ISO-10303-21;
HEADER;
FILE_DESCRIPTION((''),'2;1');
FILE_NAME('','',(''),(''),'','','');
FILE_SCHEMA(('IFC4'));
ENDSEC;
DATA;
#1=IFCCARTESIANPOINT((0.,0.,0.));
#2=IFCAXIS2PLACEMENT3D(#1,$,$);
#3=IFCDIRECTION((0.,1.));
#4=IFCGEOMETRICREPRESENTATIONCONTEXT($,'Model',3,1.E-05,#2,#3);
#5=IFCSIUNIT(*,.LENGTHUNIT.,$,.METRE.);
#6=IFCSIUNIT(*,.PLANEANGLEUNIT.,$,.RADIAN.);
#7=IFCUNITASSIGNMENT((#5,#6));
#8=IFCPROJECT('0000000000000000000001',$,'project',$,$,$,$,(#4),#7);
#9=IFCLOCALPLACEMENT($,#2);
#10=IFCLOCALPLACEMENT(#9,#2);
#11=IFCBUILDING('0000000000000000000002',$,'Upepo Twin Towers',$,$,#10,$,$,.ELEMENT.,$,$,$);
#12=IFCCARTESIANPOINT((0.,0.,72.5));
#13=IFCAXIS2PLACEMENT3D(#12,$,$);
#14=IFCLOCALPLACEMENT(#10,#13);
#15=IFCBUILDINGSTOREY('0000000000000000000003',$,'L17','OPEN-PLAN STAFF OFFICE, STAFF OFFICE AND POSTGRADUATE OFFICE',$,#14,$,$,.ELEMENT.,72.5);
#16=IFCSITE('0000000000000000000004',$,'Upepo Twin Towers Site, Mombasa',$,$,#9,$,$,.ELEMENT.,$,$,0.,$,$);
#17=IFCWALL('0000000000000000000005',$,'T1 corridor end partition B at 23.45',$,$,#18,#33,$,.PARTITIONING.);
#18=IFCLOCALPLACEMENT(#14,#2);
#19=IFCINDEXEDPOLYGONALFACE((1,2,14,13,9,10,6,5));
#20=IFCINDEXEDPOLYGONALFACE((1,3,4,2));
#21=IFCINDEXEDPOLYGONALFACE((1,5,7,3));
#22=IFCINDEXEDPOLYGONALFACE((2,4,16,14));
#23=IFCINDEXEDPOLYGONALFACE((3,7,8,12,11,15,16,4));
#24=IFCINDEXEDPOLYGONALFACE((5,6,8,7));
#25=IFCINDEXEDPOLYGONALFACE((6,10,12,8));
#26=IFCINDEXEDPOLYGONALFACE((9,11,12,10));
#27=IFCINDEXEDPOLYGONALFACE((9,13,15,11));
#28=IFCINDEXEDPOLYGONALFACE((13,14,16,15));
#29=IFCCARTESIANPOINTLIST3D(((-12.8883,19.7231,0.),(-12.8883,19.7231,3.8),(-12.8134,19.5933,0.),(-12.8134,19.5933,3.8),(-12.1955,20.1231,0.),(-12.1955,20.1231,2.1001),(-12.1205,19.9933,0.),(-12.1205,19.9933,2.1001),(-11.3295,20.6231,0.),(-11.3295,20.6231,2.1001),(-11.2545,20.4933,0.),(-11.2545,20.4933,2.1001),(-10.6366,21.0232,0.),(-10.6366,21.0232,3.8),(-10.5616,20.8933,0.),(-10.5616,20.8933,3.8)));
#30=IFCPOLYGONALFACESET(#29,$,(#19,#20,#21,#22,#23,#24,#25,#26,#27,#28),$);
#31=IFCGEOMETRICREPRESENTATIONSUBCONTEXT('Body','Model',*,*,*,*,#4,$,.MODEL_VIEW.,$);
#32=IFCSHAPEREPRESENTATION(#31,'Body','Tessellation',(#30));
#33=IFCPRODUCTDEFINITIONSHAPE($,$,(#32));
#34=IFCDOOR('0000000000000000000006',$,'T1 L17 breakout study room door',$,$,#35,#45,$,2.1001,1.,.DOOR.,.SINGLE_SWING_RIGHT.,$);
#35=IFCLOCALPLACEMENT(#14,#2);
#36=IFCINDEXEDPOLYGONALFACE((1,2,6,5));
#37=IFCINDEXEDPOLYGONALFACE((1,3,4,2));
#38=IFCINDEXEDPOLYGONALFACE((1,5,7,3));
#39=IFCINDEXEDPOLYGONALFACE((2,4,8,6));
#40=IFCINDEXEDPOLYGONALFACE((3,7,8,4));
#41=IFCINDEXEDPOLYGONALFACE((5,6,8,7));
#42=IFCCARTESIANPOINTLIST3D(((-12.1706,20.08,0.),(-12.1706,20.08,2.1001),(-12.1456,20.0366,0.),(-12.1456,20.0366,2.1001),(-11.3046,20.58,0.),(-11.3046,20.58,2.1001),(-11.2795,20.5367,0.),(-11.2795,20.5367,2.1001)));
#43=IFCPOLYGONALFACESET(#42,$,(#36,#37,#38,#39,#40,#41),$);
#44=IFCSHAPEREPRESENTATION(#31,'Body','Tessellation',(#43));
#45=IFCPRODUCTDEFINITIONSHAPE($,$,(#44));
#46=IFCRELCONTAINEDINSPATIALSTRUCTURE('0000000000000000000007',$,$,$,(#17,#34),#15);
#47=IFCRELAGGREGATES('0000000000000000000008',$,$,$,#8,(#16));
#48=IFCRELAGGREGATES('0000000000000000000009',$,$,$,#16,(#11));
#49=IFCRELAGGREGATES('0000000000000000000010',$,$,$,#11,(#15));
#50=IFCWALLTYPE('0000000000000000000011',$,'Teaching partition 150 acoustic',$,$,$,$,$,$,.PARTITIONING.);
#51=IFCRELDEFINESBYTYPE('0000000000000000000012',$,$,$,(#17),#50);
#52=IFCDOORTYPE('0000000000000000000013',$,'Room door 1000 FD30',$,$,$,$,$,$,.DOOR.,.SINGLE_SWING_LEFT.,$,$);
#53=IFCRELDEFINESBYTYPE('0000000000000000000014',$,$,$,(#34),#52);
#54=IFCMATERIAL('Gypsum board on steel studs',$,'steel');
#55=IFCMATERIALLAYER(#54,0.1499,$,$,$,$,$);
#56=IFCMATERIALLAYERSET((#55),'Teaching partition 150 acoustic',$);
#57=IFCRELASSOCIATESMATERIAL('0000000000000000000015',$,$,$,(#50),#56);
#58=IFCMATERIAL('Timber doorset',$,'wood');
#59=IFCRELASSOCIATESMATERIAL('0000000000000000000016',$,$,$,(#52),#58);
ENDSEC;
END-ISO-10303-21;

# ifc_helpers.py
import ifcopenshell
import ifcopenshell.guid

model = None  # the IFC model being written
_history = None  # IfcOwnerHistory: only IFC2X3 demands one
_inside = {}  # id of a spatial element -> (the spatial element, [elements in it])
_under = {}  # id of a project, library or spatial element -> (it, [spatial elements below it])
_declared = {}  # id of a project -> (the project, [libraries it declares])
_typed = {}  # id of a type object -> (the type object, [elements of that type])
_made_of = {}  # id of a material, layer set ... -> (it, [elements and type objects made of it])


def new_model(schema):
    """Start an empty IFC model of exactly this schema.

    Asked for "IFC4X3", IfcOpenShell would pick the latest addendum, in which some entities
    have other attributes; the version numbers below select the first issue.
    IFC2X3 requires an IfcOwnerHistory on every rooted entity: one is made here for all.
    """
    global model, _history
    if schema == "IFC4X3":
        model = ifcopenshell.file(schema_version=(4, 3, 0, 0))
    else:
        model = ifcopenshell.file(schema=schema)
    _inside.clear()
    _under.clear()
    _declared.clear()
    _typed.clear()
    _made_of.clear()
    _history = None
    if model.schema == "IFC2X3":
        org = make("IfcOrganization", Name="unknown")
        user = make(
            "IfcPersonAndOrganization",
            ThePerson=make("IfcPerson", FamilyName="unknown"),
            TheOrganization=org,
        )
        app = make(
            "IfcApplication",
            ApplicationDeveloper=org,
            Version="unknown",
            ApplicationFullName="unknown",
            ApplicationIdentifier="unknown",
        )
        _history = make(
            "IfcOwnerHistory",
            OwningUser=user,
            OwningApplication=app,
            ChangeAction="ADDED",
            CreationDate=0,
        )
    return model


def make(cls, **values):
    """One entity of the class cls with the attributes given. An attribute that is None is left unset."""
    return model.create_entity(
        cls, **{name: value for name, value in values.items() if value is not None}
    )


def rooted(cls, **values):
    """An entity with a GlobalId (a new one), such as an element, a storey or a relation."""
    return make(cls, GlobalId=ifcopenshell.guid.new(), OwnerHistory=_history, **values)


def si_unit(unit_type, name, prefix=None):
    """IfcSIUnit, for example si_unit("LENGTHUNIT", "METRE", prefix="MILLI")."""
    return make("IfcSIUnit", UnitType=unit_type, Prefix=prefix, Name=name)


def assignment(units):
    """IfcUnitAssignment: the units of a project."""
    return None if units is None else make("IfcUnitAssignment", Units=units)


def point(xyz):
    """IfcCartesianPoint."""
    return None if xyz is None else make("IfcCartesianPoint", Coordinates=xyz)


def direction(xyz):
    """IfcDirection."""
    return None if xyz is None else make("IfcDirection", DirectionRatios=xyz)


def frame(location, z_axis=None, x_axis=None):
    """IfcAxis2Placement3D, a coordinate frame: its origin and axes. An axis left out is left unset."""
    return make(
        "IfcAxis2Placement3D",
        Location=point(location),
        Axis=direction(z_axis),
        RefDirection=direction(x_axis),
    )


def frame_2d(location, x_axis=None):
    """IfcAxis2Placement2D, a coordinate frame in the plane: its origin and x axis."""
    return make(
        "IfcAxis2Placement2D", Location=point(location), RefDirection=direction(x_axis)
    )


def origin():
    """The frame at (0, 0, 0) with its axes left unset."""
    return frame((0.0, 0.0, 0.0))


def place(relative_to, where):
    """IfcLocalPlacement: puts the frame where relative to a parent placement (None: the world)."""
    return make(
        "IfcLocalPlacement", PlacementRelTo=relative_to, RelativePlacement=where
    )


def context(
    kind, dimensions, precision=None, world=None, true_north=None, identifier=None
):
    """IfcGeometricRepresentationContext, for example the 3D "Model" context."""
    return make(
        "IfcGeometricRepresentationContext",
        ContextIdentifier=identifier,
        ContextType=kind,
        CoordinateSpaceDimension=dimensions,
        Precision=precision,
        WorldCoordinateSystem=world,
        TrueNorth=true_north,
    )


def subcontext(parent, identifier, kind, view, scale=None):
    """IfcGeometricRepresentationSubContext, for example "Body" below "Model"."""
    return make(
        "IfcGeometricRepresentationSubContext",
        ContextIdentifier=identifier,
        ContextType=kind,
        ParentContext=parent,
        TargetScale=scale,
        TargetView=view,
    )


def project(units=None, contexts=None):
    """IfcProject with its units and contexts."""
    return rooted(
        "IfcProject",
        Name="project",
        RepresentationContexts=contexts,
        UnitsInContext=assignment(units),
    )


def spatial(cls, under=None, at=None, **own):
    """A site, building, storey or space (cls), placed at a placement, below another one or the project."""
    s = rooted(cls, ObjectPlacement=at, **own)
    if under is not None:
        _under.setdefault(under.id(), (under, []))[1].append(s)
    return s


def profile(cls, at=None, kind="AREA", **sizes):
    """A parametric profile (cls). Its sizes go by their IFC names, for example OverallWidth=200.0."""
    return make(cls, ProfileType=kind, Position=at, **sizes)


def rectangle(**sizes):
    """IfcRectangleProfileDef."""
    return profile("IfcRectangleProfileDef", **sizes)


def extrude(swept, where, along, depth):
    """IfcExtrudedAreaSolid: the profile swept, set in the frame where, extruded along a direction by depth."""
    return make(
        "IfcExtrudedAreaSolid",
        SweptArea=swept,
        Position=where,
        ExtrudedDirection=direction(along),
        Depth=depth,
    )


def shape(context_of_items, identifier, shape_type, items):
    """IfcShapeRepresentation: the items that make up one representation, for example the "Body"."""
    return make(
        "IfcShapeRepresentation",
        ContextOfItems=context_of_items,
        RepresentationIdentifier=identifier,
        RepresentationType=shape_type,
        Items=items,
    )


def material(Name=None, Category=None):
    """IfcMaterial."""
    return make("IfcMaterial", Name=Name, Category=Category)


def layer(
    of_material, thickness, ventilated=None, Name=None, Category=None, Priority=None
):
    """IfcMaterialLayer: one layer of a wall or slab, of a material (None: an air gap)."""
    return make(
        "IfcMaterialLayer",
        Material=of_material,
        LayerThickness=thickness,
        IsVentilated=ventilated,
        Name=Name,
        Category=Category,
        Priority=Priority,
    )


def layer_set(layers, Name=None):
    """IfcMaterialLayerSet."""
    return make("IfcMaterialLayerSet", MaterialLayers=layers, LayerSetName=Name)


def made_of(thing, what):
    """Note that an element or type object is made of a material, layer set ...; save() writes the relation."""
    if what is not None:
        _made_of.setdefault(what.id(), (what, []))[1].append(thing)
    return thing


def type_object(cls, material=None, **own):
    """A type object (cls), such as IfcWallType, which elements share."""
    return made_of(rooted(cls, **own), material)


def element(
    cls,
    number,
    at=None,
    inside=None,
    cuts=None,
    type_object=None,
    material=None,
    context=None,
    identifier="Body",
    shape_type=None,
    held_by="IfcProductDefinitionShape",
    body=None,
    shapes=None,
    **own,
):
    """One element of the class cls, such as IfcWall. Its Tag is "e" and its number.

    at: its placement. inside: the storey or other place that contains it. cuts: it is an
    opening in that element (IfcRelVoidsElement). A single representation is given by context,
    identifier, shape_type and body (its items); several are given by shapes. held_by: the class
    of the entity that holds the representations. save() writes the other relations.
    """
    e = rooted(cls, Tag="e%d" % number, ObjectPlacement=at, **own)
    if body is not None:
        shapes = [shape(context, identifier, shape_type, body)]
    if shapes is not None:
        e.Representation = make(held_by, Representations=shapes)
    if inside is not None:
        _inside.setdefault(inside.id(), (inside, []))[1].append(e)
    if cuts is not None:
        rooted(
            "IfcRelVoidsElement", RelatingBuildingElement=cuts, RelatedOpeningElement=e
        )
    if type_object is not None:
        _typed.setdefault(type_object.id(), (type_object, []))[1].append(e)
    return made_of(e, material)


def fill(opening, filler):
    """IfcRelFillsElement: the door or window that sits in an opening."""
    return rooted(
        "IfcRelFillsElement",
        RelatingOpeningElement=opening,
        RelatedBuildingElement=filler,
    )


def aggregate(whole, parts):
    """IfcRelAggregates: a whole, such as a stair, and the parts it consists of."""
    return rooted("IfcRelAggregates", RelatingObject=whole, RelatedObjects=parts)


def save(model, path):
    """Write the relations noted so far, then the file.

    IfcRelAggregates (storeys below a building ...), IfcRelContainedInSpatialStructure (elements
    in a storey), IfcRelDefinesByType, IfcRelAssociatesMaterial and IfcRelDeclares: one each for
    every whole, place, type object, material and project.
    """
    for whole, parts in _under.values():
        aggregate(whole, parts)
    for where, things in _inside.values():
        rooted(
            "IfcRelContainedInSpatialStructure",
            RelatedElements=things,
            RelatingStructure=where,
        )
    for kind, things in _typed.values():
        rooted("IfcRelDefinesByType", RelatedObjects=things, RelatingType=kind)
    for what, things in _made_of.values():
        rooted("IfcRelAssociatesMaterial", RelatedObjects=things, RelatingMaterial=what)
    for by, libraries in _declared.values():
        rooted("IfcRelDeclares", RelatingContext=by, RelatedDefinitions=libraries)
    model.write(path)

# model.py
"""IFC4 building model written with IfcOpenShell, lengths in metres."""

from ifc_helpers import new_model, si_unit, direction, frame, frame_2d, origin, place, context, subcontext, project, spatial, rectangle, extrude, material, layer, layer_set, type_object, element, fill, save


model = new_model("IFC4")

# Units and contexts
model_context = context("Model", 3, precision=1e-05, world=origin(), true_north=direction((0.0, 1.0)))
body_context = subcontext(model_context, "Body", "Model", "MODEL_VIEW")
ifc_project = project(units=[si_unit("LENGTHUNIT", "METRE"), si_unit("PLANEANGLEUNIT", "RADIAN")], contexts=[model_context])

# Site, building, storey
site_placement = place(None, origin())
site = spatial("IfcSite", under=ifc_project, at=site_placement, Name="Upepo Twin Towers Site, Mombasa", CompositionType="ELEMENT", RefElevation=0.0)
building_placement = place(site_placement, origin())
building = spatial("IfcBuilding", under=site, at=building_placement, Name="Upepo Twin Towers", CompositionType="ELEMENT")
storey_placement = place(building_placement, frame((0.0, 0.0, 72.5)))
storey = spatial("IfcBuildingStorey", under=building, at=storey_placement, Name="L17", Description="OPEN-PLAN STAFF OFFICE, STAFF OFFICE AND POSTGRADUATE OFFICE", CompositionType="ELEMENT", Elevation=72.5)

# Wall, opening, door
ifc_material_1 = material(Name="Gypsum board on steel studs", Category="steel")
ifc_layer_1 = layer(ifc_material_1, 0.1499)
ifc_layer_set_1 = layer_set([ifc_layer_1], Name="Teaching partition 150 acoustic")
wall_type_1 = type_object("IfcWallType", Name="Teaching partition 150 acoustic", PredefinedType="PARTITIONING", material=ifc_layer_set_1)
wall_1_placement = place(storey_placement, frame((-10.5991, 20.9583, 0.0), z_axis=(0.0, 0.0, 1.0), x_axis=(-0.866021, -0.500007, 0.0)))
wall_1 = element("IfcWall", 1, at=wall_1_placement, inside=storey, type_object=wall_type_1, Name="T1 corridor end partition B at 23.45", PredefinedType="PARTITIONING", context=body_context, shape_type="SweptSolid", body=[
    extrude(rectangle(XDim=2.6001, YDim=0.1499, at=frame_2d((1.3, 0.0))), origin(), (0.0, 0.0, 1.0), 3.8),
])
opening_1_placement = place(wall_1_placement, frame((0.8, 0.0, 0.0)))
opening_1 = element("IfcOpeningElement", 2, at=opening_1_placement, cuts=wall_1, PredefinedType="OPENING", context=body_context, shape_type="SweptSolid", body=[
    extrude(rectangle(XDim=1.0, YDim=2.1001, at=frame_2d((0.5, 1.05))), frame((0.0, 0.085, 0.0), z_axis=(0.0, -1.0, 0.0), x_axis=(1.0, 0.0, 0.0)), (0.0, 0.0, 1.0), 0.1699),
])
ifc_material_2 = material(Name="Timber doorset", Category="wood")
door_type_1 = type_object("IfcDoorType", Name="Room door 1000 FD30", OperationType="SINGLE_SWING_LEFT", PredefinedType="DOOR", material=ifc_material_2)
door_1_placement = place(opening_1_placement, origin())
door_1 = element("IfcDoor", 3, at=door_1_placement, inside=storey, type_object=door_type_1, Name="T1 L17 breakout study room door", OperationType="SINGLE_SWING_RIGHT", OverallHeight=2.1001, OverallWidth=1.0, PredefinedType="DOOR", context=body_context, shape_type="SweptSolid", body=[
    extrude(rectangle(XDim=1.0, YDim=2.1001, at=frame_2d((0.5, 1.05))), frame((0.0, 0.0249, 0.0), z_axis=(0.0, -1.0, 0.0), x_axis=(1.0, 0.0, 0.0)), (0.0, 0.0, 1.0), 0.05),
])
fill(opening_1, door_1)

save(model, "model.ifc")
